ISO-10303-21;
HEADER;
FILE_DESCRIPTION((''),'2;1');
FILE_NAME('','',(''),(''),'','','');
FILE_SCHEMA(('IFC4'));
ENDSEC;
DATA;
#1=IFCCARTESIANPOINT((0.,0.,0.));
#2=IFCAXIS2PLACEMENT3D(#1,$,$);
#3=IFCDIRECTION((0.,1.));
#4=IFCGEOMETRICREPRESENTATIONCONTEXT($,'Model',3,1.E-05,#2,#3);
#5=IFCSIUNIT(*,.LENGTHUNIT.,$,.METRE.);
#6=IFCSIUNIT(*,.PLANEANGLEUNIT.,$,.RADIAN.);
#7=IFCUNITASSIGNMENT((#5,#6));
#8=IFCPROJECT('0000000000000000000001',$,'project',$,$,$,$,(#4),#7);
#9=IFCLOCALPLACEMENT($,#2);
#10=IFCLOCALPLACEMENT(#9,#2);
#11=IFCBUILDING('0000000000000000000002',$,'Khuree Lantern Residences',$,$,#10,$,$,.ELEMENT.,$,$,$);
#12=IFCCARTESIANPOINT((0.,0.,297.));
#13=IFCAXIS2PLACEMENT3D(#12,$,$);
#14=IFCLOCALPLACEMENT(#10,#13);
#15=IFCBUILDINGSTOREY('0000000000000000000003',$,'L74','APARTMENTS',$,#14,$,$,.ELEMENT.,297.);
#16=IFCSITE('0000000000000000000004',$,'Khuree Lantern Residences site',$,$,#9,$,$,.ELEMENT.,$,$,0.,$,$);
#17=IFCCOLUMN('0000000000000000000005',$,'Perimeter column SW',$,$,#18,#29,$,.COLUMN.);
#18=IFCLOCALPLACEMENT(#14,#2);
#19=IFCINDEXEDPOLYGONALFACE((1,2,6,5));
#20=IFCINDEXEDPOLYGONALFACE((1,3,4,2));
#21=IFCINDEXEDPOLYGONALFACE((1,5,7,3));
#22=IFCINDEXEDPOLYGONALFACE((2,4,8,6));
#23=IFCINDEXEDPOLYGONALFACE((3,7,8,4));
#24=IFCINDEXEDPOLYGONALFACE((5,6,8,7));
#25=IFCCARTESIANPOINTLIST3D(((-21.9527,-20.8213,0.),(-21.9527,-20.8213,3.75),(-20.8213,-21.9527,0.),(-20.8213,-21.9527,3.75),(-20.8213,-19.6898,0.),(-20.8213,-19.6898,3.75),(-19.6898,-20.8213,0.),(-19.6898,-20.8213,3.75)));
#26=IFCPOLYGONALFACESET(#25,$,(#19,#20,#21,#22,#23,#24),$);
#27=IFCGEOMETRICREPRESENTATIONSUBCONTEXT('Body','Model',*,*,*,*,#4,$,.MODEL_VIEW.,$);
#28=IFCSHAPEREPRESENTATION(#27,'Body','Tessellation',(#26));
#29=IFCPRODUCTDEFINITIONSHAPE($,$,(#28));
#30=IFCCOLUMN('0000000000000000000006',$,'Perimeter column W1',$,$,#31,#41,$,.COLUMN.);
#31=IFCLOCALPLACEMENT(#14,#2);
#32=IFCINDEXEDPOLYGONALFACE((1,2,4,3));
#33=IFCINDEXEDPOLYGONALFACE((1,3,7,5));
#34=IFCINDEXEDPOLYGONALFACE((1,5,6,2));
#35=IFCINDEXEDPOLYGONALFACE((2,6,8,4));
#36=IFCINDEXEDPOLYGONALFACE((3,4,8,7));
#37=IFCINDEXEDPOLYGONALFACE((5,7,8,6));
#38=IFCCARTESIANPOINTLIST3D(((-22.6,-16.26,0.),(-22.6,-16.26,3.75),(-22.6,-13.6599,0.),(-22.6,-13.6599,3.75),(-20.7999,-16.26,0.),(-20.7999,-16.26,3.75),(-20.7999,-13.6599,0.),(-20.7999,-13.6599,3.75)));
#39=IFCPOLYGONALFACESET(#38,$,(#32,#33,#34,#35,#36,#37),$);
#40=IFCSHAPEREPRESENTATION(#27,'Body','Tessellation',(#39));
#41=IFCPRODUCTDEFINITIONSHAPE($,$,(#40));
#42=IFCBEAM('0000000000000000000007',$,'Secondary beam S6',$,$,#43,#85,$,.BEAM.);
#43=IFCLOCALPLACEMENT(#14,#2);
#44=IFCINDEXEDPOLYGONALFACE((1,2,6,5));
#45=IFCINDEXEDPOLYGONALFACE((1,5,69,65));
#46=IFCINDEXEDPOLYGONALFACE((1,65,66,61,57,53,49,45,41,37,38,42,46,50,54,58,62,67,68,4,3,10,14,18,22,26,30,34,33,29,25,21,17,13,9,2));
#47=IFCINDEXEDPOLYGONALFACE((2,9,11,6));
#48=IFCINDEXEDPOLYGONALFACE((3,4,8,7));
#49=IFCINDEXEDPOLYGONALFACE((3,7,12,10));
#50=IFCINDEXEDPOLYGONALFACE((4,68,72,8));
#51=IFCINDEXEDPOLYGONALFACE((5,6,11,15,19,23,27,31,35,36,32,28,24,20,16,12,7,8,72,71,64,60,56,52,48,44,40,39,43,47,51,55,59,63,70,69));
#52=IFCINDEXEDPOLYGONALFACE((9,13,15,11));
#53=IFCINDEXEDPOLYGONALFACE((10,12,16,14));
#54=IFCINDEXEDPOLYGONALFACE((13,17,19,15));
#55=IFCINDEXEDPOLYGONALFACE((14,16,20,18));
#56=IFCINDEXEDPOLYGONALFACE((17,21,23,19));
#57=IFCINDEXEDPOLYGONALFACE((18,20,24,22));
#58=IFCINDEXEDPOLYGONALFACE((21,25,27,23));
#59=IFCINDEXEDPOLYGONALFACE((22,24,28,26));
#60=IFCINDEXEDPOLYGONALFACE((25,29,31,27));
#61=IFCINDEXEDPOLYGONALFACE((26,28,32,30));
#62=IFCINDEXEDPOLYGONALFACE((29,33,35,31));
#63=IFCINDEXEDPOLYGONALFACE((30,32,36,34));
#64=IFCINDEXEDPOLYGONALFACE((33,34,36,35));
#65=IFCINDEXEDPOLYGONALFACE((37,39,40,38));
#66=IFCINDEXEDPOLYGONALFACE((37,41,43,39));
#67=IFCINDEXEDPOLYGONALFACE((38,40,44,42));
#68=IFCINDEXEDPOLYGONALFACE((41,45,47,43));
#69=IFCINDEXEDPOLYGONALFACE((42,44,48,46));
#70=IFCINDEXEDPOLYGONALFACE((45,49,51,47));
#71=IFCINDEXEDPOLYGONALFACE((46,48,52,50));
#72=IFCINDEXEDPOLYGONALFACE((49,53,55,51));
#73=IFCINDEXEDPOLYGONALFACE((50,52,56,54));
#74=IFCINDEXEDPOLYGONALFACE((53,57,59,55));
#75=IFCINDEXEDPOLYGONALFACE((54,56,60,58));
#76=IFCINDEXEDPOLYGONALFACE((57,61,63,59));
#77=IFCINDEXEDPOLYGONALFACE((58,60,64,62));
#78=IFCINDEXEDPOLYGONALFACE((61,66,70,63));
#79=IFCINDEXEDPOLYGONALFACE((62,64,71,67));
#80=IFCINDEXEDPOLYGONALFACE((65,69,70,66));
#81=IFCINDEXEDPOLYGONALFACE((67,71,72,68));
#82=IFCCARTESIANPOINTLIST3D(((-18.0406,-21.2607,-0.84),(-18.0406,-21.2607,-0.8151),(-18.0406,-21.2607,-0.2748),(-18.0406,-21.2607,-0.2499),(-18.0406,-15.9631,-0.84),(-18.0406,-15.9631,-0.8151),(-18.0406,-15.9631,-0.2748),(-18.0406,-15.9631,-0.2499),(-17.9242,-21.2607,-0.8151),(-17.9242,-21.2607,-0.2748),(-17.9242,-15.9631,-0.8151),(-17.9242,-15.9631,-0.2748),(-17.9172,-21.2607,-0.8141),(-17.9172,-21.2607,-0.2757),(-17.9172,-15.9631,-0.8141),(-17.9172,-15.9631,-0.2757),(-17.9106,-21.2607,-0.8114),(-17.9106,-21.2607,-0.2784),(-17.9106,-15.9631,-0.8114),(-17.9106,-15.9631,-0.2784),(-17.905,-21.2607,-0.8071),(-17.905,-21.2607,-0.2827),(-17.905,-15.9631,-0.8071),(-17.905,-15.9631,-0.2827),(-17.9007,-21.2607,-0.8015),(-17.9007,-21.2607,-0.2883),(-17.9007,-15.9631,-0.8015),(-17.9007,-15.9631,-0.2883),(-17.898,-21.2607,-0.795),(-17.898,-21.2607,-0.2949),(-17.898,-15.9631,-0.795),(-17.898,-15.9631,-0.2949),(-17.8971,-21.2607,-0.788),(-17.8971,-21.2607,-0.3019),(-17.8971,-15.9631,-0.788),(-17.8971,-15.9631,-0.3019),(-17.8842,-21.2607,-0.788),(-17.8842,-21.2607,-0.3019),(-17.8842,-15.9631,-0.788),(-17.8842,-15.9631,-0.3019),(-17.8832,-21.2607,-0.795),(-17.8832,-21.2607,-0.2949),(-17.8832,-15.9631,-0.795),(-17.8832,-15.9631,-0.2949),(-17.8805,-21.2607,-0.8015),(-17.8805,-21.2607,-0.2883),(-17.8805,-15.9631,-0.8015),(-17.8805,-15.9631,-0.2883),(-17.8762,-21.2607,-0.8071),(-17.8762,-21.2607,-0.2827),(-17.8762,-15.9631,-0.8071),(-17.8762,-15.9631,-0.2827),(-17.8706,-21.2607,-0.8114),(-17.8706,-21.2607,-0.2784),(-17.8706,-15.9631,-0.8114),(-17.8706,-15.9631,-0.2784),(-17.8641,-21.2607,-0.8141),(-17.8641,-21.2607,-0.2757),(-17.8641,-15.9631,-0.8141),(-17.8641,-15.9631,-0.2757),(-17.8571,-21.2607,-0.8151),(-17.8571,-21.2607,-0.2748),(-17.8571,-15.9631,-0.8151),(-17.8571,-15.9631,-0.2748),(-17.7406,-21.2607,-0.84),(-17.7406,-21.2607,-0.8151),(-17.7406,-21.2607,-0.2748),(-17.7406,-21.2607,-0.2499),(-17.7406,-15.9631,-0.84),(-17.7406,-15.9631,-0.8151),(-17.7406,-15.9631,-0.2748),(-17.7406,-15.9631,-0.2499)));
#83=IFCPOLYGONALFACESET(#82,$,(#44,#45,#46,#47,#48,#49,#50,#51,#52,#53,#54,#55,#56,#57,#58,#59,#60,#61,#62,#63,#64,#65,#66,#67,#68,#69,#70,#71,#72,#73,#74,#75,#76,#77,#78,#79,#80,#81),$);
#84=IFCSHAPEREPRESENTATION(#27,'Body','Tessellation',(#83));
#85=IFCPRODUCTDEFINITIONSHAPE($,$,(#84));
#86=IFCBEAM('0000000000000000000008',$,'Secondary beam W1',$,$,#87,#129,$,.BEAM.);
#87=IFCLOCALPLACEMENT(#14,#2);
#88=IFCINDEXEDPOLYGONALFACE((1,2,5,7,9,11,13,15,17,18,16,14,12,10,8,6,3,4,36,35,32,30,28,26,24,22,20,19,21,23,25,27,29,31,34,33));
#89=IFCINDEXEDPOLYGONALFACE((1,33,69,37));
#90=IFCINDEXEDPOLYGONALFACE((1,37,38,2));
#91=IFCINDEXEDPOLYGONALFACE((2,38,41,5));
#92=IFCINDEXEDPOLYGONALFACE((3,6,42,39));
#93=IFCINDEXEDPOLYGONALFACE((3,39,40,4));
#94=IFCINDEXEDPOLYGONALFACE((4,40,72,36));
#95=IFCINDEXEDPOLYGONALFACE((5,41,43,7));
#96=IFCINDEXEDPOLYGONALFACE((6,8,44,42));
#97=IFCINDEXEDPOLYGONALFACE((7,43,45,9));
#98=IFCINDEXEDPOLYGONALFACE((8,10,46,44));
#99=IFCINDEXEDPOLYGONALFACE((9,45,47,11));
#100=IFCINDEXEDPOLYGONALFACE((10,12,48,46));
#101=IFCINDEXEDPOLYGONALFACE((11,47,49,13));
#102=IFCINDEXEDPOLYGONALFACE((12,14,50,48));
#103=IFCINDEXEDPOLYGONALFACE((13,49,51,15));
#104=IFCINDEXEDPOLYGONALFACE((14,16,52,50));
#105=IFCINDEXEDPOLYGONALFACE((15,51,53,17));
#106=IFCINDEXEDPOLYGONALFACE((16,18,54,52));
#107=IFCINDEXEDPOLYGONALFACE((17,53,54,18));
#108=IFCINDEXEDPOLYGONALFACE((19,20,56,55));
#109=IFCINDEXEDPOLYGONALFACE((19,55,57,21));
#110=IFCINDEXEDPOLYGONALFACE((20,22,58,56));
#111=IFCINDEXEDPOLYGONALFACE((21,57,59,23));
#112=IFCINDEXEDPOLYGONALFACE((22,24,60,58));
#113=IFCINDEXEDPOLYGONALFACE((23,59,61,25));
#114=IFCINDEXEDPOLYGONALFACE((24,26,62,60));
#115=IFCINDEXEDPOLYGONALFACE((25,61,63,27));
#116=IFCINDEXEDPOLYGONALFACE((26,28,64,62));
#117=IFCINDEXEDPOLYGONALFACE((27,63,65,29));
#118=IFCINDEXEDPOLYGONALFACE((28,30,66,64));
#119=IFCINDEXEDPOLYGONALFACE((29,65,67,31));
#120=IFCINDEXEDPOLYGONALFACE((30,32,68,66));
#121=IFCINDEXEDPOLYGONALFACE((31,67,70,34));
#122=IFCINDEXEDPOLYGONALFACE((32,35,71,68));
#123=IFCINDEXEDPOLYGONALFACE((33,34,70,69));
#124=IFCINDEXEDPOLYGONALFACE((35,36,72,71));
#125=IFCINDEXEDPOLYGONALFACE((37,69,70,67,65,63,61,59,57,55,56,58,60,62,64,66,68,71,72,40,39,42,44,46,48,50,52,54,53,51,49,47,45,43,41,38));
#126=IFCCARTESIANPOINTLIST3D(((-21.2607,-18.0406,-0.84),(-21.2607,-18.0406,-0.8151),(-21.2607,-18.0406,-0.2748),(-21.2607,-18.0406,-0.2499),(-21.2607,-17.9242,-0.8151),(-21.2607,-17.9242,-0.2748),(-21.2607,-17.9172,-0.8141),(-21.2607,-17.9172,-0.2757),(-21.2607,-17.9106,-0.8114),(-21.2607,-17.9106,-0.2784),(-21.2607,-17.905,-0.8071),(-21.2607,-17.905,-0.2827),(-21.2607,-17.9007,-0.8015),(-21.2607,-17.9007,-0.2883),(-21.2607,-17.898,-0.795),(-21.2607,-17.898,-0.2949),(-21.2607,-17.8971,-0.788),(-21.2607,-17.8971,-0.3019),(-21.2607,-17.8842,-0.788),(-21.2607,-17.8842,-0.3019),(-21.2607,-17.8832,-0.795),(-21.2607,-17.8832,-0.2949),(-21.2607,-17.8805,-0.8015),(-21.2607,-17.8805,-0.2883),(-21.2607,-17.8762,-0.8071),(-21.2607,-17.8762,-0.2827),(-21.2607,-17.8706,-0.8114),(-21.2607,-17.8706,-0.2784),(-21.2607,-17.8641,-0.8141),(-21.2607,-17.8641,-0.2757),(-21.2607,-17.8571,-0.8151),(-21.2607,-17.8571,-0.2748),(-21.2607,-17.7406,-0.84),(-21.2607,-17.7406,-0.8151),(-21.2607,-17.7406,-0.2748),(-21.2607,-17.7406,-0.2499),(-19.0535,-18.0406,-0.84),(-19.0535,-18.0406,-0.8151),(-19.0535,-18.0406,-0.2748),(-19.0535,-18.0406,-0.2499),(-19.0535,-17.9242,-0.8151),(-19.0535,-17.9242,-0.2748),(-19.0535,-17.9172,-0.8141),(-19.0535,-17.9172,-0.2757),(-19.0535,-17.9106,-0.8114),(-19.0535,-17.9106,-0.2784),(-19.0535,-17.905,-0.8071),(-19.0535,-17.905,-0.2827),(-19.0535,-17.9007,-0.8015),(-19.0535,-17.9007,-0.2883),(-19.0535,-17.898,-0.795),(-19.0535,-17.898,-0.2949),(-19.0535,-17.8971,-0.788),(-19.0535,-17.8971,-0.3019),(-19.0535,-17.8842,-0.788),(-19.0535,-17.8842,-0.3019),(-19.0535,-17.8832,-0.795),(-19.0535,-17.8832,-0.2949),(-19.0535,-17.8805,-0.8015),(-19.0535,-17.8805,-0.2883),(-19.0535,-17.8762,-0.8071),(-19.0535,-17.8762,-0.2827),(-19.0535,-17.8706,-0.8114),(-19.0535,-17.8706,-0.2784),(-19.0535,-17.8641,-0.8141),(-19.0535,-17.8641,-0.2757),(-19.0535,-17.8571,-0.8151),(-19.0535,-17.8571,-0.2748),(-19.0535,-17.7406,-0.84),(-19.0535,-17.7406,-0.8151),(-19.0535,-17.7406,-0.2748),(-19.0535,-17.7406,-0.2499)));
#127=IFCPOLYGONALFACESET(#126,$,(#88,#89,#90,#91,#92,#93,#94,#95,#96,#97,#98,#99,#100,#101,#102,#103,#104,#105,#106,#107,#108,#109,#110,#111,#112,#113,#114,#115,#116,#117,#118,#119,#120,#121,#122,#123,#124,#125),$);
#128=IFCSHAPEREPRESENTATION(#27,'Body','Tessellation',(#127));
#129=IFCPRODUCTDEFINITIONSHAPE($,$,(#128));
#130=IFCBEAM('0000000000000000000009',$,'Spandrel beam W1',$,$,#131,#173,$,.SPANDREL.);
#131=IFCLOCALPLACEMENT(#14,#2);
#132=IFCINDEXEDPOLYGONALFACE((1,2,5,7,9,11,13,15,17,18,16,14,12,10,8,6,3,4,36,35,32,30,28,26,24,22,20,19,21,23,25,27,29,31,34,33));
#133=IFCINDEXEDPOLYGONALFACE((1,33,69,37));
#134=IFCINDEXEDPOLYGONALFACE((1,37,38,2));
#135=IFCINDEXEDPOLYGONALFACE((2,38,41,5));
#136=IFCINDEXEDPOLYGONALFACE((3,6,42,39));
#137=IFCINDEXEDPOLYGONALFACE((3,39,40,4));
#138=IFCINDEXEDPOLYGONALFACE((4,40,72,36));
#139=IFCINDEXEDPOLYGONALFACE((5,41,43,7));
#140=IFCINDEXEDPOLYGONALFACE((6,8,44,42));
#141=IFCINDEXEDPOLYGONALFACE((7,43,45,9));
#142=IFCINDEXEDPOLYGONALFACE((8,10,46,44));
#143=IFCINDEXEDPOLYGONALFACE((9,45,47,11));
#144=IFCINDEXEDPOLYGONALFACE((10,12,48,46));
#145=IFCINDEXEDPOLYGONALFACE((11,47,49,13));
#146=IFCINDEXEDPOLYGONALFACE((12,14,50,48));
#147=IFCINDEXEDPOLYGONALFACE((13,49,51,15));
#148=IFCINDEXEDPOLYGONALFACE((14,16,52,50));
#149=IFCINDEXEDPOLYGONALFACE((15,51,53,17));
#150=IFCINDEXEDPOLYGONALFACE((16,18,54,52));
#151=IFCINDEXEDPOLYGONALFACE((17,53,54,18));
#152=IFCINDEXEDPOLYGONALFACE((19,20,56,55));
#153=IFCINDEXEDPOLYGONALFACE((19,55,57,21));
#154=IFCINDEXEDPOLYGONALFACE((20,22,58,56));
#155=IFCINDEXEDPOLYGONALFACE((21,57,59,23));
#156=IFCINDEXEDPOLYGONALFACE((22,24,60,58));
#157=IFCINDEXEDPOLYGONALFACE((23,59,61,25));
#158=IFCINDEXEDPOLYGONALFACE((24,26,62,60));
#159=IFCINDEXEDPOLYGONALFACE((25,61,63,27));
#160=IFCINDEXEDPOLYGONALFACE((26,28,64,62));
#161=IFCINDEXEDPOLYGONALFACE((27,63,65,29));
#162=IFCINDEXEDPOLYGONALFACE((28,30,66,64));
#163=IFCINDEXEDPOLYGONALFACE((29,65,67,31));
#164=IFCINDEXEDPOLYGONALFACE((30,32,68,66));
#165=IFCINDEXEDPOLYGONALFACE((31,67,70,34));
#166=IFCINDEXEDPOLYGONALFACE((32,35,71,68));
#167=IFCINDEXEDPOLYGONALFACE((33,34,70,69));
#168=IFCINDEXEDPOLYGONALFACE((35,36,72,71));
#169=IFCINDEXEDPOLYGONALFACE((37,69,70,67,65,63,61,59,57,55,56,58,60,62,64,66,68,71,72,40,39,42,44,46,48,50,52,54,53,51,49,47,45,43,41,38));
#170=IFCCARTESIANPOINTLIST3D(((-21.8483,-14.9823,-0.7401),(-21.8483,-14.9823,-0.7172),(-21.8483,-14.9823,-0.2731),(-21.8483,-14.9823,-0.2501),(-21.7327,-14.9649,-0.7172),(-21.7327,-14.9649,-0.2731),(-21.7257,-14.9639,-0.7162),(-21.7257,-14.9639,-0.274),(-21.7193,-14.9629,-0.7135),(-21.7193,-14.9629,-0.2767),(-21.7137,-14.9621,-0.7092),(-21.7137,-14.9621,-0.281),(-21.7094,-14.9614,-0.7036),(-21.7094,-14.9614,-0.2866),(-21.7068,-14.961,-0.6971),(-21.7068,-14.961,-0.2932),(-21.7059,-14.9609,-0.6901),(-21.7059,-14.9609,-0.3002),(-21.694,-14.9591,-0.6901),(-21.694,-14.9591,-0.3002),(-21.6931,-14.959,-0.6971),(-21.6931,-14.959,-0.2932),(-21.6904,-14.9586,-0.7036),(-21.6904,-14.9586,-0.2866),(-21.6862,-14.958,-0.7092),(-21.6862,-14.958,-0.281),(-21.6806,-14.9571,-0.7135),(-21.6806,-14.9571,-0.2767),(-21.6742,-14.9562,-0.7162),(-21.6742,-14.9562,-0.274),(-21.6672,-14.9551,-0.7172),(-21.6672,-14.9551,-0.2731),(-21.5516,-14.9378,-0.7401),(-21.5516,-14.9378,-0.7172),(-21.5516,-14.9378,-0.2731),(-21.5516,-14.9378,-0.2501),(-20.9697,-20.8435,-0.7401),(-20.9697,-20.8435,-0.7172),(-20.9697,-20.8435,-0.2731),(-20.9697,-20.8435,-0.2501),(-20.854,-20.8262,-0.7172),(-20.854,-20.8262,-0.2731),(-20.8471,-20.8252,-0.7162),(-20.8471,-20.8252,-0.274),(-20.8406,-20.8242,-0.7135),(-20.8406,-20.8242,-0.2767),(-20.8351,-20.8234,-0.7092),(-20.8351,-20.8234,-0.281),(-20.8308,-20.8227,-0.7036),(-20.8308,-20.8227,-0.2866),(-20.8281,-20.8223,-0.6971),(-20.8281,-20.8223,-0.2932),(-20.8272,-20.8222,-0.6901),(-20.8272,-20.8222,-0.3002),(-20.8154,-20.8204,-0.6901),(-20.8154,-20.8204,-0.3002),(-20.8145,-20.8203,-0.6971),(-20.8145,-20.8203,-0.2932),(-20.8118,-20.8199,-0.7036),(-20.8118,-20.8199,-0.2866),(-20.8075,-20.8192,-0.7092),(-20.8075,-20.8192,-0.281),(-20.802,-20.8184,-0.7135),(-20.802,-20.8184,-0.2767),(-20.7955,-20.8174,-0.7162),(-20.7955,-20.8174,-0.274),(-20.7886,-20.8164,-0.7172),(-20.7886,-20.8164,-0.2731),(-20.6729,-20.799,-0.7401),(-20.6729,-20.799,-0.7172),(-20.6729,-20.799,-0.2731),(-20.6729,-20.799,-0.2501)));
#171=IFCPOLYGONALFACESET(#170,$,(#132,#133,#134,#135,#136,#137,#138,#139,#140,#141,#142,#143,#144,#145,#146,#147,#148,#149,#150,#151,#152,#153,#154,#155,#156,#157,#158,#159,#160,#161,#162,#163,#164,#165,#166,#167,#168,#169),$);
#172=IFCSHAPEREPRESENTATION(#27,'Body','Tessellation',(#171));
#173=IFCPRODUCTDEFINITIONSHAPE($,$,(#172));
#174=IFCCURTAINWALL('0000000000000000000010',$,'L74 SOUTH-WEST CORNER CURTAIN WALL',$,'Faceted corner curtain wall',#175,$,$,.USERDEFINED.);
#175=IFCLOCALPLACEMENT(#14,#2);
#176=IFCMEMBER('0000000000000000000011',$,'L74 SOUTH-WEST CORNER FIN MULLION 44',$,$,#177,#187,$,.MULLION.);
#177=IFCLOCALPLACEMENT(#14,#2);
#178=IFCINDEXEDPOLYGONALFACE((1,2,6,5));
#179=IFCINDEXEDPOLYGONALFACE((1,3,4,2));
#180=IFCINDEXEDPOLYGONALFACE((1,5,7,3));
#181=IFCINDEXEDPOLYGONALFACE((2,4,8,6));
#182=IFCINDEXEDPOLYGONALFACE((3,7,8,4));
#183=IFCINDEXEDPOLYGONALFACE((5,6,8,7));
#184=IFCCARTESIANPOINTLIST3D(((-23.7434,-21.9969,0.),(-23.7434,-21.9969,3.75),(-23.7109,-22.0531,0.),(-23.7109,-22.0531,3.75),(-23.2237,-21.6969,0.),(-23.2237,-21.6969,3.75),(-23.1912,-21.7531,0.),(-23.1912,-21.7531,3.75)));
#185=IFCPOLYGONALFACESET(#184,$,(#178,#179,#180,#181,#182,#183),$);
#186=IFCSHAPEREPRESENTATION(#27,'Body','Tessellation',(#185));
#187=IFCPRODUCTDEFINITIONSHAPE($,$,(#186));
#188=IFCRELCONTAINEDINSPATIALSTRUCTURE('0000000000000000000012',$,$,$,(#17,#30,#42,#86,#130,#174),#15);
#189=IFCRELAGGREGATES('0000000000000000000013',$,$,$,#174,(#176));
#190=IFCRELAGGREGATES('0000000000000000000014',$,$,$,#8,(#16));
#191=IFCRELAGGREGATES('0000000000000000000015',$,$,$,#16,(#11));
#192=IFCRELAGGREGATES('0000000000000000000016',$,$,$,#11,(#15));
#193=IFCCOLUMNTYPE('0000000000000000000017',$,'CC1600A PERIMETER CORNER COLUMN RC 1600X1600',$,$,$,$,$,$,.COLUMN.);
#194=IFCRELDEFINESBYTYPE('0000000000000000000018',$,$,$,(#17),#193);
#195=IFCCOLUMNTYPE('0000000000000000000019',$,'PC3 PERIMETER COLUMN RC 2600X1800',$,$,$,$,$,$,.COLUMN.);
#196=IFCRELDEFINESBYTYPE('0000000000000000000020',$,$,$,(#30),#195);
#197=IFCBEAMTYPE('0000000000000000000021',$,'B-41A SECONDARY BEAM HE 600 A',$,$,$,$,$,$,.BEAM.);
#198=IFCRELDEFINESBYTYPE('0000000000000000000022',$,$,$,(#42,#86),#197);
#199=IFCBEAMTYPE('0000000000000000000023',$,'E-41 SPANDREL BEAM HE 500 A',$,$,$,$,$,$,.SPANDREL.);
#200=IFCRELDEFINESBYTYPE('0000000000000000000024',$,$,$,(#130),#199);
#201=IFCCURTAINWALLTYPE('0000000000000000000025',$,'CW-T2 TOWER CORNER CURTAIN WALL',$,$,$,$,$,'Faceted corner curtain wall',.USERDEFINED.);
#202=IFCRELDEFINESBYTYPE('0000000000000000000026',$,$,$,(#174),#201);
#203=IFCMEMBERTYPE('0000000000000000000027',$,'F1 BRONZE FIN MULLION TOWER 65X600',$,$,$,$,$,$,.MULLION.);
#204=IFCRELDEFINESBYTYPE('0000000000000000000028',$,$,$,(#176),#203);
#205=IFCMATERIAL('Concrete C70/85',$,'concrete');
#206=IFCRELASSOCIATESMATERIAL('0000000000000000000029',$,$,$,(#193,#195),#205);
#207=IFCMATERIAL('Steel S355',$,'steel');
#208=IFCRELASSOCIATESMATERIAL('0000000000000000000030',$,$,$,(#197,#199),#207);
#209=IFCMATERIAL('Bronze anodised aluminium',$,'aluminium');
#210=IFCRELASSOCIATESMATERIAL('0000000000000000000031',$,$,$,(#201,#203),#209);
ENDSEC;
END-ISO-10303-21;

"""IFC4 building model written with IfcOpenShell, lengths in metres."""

from ifc_helpers import new_model, si_unit, direction, frame, origin, origin_2d, place, context, subcontext, project, spatial, rectangle, i_section, extrude, material, material_profile, profile_set, type_object, element, aggregate, save


model = new_model("IFC4")

# Units and contexts
model_context = context("Model", 3, precision=1e-05, world=origin(), true_north=direction((0.0, 1.0)))
body_context = subcontext(model_context, "Body", "Model", "MODEL_VIEW")
ifc_project = project(units=[si_unit("LENGTHUNIT", "METRE"), si_unit("PLANEANGLEUNIT", "RADIAN")], contexts=[model_context])

# Site, building, storey
site_placement = place(None, origin())
site = spatial("IfcSite", under=ifc_project, at=site_placement, Name="Khuree Lantern Residences site", CompositionType="ELEMENT", RefElevation=0.0)
building_placement = place(site_placement, origin())
building = spatial("IfcBuilding", under=site, at=building_placement, Name="Khuree Lantern Residences", CompositionType="ELEMENT")
storey_placement = place(building_placement, frame((0.0, 0.0, 297.0)))
storey = spatial("IfcBuildingStorey", under=building, at=storey_placement, Name="L74", Description="APARTMENTS", CompositionType="ELEMENT", Elevation=297.0)

# Columns
ifc_material_1 = material(Name="Concrete C70/85", Category="concrete")
ifc_material_profile_1 = material_profile(ifc_material_1, rectangle(XDim=1.6001, YDim=1.6001, at=origin_2d()), Name="RC 1600X1600")
ifc_profile_set_1 = profile_set([ifc_material_profile_1], Name="Concrete C70/85")
column_type_1 = type_object("IfcColumnType", Name="CC1600A PERIMETER CORNER COLUMN RC 1600X1600", PredefinedType="COLUMN", material=ifc_profile_set_1)
column_1_placement = place(storey_placement, frame((-20.8213, -20.8213, 0.0), z_axis=(0.0, 0.0, 1.0), x_axis=(0.707107, -0.707107, 0.0)))
element("IfcColumn", 1, at=column_1_placement, inside=storey, type_object=column_type_1, Name="Perimeter column SW", PredefinedType="COLUMN", context=body_context, shape_type="SweptSolid", body=[
    extrude(rectangle(XDim=1.6001, YDim=1.6001, at=origin_2d()), origin(), (0.0, 0.0, 1.0), 3.75),
])
ifc_material_profile_2 = material_profile(ifc_material_1, rectangle(XDim=2.6001, YDim=1.8, at=origin_2d()), Name="RC 2600X1800")
ifc_profile_set_2 = profile_set([ifc_material_profile_2], Name="Concrete C70/85")
column_type_2 = type_object("IfcColumnType", Name="PC3 PERIMETER COLUMN RC 2600X1800", PredefinedType="COLUMN", material=ifc_profile_set_2)
column_2_placement = place(storey_placement, frame((-21.7, -14.96, 0.0), z_axis=(0.0, 0.0, 1.0), x_axis=(0.0, 1.0, 0.0)))
element("IfcColumn", 2, at=column_2_placement, inside=storey, type_object=column_type_2, Name="Perimeter column W1", PredefinedType="COLUMN", context=body_context, shape_type="SweptSolid", body=[
    extrude(rectangle(XDim=2.6001, YDim=1.8, at=origin_2d()), origin(), (0.0, 0.0, 1.0), 3.75),
])

# Beams
ifc_material_2 = material(Name="Steel S355", Category="steel")
ifc_material_profile_3 = material_profile(ifc_material_2, i_section(OverallWidth=0.3, OverallDepth=0.5901, WebThickness=0.0129, FlangeThickness=0.0249, FilletRadius=0.0271, at=origin_2d()), Name="HE 600 A")
ifc_profile_set_3 = profile_set([ifc_material_profile_3], Name="Steel S355")
beam_type_1 = type_object("IfcBeamType", Name="B-41A SECONDARY BEAM HE 600 A", PredefinedType="BEAM", material=ifc_profile_set_3)
beam_1_placement = place(storey_placement, frame((-17.8906, -21.2607, -0.5449), z_axis=(0.0, 1.0, 0.0), x_axis=(-1.0, 0.0, 0.0)))
element("IfcBeam", 3, at=beam_1_placement, inside=storey, type_object=beam_type_1, Name="Secondary beam S6", PredefinedType="BEAM", context=body_context, shape_type="SweptSolid", body=[
    extrude(i_section(OverallWidth=0.3, OverallDepth=0.5901, WebThickness=0.0129, FlangeThickness=0.0249, FilletRadius=0.0271, at=origin_2d()), origin(), (0.0, 0.0, 1.0), 5.2976),
])
beam_2_placement = place(storey_placement, frame((-21.2607, -17.8906, -0.5449), z_axis=(1.0, 0.0, 0.0), x_axis=(0.0, 1.0, 0.0)))
element("IfcBeam", 4, at=beam_2_placement, inside=storey, type_object=beam_type_1, Name="Secondary beam W1", PredefinedType="BEAM", context=body_context, shape_type="SweptSolid", body=[
    extrude(i_section(OverallWidth=0.3, OverallDepth=0.5901, WebThickness=0.0129, FlangeThickness=0.0249, FilletRadius=0.0271, at=origin_2d()), origin(), (0.0, 0.0, 1.0), 2.2073),
])
ifc_material_profile_4 = material_profile(ifc_material_2, i_section(OverallWidth=0.3, OverallDepth=0.49, WebThickness=0.012, FlangeThickness=0.0229, FilletRadius=0.0271, at=origin_2d()), Name="HE 500 A")
ifc_profile_set_4 = profile_set([ifc_material_profile_4], Name="Steel S355")
beam_type_2 = type_object("IfcBeamType", Name="E-41 SPANDREL BEAM HE 500 A", PredefinedType="SPANDREL", material=ifc_profile_set_4)
beam_3_placement = place(storey_placement, frame((-20.8213, -20.8213, -0.4951), z_axis=(-0.148252, 0.98895, 0.0), x_axis=(-0.98895, -0.148252, 0.0)))
element("IfcBeam", 5, at=beam_3_placement, inside=storey, type_object=beam_type_2, Name="Spandrel beam W1", PredefinedType="SPANDREL", context=body_context, shape_type="SweptSolid", body=[
    extrude(i_section(OverallWidth=0.3, OverallDepth=0.49, WebThickness=0.012, FlangeThickness=0.0229, FilletRadius=0.0271, at=origin_2d()), origin(), (0.0, 0.0, 1.0), 5.9268),
])

# Curtain wall, member
ifc_material_3 = material(Name="Bronze anodised aluminium", Category="aluminium")
curtain_wall_type_1 = type_object("IfcCurtainWallType", Name="CW-T2 TOWER CORNER CURTAIN WALL", ElementType="Faceted corner curtain wall", PredefinedType="USERDEFINED", material=ifc_material_3)
curtain_wall_1_placement = place(storey_placement, origin())
curtain_wall_1 = element("IfcCurtainWall", 6, at=curtain_wall_1_placement, inside=storey, type_object=curtain_wall_type_1, Name="L74 SOUTH-WEST CORNER CURTAIN WALL", ObjectType="Faceted corner curtain wall", PredefinedType="USERDEFINED")
ifc_material_profile_5 = material_profile(ifc_material_3, rectangle(XDim=0.0649, YDim=0.6001, at=origin_2d()), Name="F1 65X600")
ifc_profile_set_5 = profile_set([ifc_material_profile_5], Name="Bronze anodised aluminium")
member_type_1 = type_object("IfcMemberType", Name="F1 BRONZE FIN MULLION TOWER 65X600", PredefinedType="MULLION", material=ifc_profile_set_5)
member_1_placement = place(storey_placement, frame((-23.4673, -21.875, 0.0), z_axis=(0.0, 0.0, 1.0), x_axis=(0.5, -0.866025, 0.0)))
member_1 = element("IfcMember", 7, at=member_1_placement, type_object=member_type_1, Name="L74 SOUTH-WEST CORNER FIN MULLION 44", PredefinedType="MULLION", context=body_context, shape_type="SweptSolid", body=[
    extrude(rectangle(XDim=0.0649, YDim=0.6001, at=origin_2d()), origin(), (0.0, 0.0, 1.0), 3.75),
])

aggregate(curtain_wall_1, [member_1])

save(model, "model.ifc")
